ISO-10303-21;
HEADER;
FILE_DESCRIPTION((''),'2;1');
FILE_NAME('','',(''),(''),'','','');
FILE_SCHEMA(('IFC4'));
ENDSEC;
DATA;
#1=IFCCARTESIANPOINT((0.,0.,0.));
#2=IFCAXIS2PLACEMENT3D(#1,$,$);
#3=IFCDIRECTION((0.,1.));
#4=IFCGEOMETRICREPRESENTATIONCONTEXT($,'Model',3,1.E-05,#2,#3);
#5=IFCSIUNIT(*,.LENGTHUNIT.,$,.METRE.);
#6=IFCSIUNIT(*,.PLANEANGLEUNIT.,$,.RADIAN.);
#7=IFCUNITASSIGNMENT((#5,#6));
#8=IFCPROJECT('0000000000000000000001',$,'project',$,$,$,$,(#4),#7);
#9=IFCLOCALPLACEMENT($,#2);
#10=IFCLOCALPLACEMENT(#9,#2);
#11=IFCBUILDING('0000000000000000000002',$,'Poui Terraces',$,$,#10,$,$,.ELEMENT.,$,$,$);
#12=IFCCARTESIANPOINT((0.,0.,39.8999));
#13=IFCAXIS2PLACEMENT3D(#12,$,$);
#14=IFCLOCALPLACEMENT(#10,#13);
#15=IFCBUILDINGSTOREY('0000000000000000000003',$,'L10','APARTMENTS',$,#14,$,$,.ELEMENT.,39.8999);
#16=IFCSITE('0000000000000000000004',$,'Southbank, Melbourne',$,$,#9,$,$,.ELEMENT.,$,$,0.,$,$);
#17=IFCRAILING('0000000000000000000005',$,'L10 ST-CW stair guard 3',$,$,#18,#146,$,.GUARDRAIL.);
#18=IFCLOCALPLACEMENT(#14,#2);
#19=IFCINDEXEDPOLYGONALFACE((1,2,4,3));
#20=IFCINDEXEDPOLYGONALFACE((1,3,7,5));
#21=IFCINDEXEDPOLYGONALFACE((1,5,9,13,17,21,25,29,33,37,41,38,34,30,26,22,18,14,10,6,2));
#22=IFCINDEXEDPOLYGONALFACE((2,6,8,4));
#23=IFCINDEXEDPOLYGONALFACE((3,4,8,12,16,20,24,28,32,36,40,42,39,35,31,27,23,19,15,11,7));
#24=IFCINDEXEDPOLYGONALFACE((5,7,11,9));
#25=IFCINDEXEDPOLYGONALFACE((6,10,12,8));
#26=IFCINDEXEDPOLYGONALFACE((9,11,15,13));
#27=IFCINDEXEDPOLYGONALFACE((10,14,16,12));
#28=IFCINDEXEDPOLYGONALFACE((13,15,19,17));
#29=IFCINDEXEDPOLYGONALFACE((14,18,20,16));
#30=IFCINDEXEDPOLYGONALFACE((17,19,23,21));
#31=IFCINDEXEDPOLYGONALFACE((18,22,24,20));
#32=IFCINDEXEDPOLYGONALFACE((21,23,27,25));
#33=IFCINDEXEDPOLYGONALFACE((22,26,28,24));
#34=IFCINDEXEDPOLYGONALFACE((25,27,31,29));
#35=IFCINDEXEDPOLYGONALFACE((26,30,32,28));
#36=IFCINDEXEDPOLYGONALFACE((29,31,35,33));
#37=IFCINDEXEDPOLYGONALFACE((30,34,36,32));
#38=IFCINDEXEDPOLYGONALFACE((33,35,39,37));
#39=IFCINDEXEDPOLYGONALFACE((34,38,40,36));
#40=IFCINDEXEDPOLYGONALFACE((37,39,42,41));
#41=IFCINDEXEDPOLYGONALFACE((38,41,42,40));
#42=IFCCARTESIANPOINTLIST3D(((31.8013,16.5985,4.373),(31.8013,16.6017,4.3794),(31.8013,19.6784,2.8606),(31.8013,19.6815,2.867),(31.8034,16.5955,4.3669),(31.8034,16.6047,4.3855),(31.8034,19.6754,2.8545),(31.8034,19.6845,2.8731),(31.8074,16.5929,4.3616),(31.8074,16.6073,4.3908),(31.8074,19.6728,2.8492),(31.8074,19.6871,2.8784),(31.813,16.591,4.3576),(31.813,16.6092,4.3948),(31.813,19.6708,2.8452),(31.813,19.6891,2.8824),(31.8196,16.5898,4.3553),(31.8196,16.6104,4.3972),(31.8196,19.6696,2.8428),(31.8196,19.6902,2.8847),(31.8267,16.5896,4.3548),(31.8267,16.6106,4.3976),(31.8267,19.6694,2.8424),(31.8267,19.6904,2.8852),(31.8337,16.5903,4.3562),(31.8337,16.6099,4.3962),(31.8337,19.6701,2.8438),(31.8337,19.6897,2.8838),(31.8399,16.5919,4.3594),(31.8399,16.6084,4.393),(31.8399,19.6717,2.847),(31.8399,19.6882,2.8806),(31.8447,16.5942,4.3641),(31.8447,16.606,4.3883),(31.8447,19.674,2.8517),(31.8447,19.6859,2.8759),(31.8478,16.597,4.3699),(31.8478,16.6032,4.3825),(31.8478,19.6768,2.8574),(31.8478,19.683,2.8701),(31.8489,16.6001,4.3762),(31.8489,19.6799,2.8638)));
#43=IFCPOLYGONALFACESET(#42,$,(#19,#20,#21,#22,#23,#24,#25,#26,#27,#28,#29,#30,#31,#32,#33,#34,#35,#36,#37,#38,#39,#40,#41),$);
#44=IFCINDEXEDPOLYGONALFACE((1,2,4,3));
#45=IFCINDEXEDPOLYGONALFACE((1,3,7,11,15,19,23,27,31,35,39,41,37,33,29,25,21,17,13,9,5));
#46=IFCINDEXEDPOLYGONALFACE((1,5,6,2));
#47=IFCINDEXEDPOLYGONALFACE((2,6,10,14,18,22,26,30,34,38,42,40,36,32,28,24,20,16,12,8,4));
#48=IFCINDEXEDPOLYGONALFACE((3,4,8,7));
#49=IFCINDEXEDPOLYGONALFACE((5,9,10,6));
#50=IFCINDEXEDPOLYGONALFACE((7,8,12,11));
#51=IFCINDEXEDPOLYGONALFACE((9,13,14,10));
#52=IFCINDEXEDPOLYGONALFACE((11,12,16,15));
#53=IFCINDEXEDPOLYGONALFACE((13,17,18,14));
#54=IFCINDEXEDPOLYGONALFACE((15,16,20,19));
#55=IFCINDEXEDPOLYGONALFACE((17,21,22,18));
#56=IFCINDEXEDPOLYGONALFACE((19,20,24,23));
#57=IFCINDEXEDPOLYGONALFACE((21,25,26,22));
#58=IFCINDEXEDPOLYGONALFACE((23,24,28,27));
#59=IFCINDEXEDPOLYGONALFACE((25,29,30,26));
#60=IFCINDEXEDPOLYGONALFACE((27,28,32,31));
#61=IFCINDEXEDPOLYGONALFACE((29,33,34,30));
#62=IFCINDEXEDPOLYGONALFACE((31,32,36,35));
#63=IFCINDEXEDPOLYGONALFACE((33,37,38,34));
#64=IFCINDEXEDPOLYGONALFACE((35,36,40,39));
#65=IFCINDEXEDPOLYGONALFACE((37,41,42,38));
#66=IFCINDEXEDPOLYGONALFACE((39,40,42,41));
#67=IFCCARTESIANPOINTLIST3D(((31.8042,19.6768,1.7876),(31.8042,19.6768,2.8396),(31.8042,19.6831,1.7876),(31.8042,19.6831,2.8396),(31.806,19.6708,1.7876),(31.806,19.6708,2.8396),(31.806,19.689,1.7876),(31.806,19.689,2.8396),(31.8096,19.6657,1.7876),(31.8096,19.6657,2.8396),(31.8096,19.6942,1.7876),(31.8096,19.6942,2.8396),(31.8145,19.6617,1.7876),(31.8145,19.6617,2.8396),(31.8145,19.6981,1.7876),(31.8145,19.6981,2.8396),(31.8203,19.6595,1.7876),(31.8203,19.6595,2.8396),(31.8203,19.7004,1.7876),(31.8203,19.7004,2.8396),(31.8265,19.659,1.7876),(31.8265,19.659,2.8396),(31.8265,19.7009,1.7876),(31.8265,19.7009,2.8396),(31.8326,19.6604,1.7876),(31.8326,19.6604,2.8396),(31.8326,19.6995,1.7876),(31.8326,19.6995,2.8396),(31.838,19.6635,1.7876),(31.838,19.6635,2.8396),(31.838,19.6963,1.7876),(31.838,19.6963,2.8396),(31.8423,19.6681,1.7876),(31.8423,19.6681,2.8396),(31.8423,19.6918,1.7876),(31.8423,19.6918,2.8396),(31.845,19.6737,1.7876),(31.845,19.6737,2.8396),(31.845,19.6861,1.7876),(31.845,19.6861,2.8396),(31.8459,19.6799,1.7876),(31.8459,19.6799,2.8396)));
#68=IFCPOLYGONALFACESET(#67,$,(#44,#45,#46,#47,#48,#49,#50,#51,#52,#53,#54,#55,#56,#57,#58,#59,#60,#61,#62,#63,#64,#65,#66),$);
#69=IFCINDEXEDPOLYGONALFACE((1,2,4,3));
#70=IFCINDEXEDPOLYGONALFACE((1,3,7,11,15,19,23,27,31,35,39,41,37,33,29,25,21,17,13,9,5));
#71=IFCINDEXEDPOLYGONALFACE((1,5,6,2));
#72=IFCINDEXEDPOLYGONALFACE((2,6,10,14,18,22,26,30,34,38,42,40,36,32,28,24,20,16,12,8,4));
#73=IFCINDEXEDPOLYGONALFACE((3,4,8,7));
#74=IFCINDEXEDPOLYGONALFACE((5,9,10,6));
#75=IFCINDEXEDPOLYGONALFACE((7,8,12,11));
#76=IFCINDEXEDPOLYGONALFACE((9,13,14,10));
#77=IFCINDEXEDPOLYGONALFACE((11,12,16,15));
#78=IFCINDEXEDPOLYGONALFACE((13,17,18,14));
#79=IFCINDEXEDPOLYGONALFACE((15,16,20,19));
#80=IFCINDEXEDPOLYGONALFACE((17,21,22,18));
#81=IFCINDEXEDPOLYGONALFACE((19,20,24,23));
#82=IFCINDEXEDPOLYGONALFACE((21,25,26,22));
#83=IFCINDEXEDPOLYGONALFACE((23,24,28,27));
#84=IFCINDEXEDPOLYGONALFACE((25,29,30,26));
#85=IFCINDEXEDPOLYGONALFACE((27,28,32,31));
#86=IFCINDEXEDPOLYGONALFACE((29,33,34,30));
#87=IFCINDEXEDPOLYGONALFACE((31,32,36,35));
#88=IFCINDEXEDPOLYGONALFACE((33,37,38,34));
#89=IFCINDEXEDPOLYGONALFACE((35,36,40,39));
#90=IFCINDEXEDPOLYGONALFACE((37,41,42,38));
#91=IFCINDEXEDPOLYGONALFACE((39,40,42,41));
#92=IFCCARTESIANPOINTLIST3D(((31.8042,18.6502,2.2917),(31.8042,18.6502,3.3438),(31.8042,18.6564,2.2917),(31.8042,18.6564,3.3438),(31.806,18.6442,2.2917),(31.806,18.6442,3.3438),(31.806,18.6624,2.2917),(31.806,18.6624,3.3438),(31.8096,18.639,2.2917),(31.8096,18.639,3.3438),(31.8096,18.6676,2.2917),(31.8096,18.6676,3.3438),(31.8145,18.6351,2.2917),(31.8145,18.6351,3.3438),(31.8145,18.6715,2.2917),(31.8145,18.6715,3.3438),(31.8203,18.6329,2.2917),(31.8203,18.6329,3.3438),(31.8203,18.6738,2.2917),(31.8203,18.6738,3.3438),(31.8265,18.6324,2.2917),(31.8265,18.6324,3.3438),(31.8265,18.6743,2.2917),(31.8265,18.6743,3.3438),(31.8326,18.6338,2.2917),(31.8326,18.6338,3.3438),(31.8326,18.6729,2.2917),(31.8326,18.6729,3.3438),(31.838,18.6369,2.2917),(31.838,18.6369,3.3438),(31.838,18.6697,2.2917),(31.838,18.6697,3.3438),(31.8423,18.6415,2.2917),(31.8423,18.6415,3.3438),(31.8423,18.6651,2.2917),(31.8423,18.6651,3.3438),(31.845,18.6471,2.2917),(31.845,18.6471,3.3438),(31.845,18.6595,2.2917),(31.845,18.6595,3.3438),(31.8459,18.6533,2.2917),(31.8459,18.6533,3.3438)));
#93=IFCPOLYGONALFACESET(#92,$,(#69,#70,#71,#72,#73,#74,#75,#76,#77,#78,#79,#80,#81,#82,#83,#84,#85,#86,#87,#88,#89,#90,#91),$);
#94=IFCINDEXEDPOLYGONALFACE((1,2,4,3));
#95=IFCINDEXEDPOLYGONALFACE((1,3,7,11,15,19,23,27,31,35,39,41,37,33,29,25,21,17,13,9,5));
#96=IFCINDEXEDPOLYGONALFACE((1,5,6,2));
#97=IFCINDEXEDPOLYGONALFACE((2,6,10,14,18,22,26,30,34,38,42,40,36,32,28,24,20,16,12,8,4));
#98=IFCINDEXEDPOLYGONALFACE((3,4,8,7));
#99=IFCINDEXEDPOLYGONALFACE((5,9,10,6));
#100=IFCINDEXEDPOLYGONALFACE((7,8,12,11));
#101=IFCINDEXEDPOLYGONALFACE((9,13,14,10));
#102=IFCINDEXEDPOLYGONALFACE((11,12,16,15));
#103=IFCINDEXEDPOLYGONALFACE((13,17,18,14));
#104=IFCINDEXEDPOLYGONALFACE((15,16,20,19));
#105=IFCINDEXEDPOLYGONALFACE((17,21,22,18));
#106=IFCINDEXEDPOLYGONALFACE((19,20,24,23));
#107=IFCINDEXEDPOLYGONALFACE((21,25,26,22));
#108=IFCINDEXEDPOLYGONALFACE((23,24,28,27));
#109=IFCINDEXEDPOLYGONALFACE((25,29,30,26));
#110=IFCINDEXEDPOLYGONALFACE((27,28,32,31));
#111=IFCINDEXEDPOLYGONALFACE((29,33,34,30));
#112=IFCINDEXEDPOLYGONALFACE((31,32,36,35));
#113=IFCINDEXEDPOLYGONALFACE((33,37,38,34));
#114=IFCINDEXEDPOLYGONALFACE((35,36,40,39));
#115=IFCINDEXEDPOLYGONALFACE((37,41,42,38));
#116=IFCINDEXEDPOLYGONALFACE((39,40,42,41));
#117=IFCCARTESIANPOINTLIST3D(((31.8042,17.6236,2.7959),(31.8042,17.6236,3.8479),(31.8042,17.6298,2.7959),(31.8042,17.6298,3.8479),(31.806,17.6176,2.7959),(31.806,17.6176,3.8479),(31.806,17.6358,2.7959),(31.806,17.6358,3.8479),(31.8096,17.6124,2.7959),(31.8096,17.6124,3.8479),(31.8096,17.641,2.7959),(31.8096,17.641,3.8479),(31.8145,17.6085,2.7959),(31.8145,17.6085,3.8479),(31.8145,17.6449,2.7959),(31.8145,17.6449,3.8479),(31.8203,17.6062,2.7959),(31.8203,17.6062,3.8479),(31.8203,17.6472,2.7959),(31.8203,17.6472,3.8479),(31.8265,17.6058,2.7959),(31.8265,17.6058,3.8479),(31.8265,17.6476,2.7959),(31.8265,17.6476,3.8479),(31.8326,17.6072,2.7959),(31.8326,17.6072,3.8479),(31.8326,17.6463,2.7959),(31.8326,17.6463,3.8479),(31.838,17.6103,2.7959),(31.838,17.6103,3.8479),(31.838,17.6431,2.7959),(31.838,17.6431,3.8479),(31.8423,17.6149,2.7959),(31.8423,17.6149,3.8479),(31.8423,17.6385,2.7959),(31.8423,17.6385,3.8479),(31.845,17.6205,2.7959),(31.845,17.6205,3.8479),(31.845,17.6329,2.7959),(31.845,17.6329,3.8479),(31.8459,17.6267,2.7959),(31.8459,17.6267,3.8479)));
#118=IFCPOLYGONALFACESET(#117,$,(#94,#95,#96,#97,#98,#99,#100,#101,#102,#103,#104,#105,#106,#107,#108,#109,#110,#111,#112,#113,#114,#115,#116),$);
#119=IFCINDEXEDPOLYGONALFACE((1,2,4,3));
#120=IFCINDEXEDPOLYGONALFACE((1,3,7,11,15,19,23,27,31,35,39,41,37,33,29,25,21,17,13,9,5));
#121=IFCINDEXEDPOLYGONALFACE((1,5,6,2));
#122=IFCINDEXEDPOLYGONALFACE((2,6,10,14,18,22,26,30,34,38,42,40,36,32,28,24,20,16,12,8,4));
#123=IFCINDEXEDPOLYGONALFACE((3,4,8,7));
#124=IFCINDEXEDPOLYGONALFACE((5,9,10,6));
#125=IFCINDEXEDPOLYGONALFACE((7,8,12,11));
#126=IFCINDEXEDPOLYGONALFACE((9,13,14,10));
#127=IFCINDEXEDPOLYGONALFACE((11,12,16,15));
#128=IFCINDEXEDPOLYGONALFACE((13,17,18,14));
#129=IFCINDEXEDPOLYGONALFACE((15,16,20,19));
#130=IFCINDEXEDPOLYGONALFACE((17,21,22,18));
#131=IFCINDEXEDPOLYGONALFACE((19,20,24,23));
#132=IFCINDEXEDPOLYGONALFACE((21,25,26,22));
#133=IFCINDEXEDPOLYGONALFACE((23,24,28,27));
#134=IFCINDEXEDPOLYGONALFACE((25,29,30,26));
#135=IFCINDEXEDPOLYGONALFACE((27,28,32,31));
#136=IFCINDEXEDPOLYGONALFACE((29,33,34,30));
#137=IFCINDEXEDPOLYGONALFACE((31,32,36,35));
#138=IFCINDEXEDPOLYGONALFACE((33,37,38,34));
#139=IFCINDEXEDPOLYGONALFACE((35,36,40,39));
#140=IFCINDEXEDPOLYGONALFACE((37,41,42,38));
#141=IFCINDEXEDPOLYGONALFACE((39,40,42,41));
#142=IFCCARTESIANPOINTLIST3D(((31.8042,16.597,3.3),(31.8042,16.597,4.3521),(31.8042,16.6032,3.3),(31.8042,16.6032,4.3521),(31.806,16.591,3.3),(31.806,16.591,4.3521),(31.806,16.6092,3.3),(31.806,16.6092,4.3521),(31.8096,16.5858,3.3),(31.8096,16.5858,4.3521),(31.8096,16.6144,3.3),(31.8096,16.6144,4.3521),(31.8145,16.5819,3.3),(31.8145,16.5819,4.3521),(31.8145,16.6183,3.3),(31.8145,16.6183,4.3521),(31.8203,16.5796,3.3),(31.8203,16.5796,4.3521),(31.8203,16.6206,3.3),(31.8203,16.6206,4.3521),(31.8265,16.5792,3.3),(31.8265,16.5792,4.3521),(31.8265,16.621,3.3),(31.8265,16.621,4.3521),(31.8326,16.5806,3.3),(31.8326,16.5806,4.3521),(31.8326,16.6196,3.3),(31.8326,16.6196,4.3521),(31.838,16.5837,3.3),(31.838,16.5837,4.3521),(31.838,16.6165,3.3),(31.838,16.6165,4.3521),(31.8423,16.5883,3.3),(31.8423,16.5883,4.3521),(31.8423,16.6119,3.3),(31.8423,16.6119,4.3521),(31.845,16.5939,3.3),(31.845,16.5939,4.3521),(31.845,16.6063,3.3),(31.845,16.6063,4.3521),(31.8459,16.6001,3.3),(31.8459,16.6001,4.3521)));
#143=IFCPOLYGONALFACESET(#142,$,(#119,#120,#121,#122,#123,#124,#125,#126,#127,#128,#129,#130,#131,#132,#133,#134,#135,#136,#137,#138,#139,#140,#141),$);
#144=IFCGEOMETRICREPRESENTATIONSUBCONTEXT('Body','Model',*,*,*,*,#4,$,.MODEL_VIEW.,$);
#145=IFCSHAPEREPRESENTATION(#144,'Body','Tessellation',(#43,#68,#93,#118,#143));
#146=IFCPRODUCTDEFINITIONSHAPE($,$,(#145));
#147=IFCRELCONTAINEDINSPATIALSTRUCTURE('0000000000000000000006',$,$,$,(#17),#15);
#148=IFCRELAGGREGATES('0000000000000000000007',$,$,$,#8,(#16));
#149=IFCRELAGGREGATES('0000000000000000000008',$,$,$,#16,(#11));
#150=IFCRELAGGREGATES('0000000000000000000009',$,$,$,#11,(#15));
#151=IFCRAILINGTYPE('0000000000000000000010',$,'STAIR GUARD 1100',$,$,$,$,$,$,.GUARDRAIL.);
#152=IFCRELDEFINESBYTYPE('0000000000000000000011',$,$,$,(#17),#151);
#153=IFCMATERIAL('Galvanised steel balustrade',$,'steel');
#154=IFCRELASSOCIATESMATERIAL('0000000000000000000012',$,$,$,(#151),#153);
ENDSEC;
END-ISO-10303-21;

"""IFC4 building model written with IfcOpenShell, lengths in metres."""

from ifc_helpers import new_model, si_unit, direction, frame, origin, origin_2d, place, context, subcontext, project, spatial, circle, extrude, material, type_object, element, save


model = new_model("IFC4")

# Units and contexts
model_context = context("Model", 3, precision=1e-05, world=origin(), true_north=direction((0.0, 1.0)))
body_context = subcontext(model_context, "Body", "Model", "MODEL_VIEW")
ifc_project = project(units=[si_unit("LENGTHUNIT", "METRE"), si_unit("PLANEANGLEUNIT", "RADIAN")], contexts=[model_context])

# Site, building, storey
site_placement = place(None, origin())
site = spatial("IfcSite", under=ifc_project, at=site_placement, Name="Southbank, Melbourne", CompositionType="ELEMENT", RefElevation=0.0)
building_placement = place(site_placement, origin())
building = spatial("IfcBuilding", under=site, at=building_placement, Name="Poui Terraces", CompositionType="ELEMENT")
storey_placement = place(building_placement, frame((0.0, 0.0, 39.8999)))
storey = spatial("IfcBuildingStorey", under=building, at=storey_placement, Name="L10", Description="APARTMENTS", CompositionType="ELEMENT", Elevation=39.8999)

# Railing
ifc_material_1 = material(Name="Galvanised steel balustrade", Category="steel")
railing_type_1 = type_object("IfcRailingType", Name="STAIR GUARD 1100", PredefinedType="GUARDRAIL", material=ifc_material_1)
railing_1_placement = place(storey_placement, frame((31.825, 19.6799, 1.7876)))
element("IfcRailing", 1, at=railing_1_placement, inside=storey, type_object=railing_type_1, Name="L10 ST-CW stair guard 3", PredefinedType="GUARDRAIL", context=body_context, shape_type="SweptSolid", body=[
    extrude(circle(Radius=0.0239, at=origin_2d()), frame((0.0, 0.0, 1.0762), z_axis=(0.0, -0.897606, 0.440798), x_axis=(1.0, 0.0, 0.0)), (0.0, 0.0, 1.0), 3.4312),
    extrude(circle(Radius=0.021, at=origin_2d()), origin(), (0.0, 0.0, 1.0), 1.052),
    extrude(circle(Radius=0.021, at=origin_2d()), frame((0.0, -1.0266, 0.5042)), (0.0, 0.0, 1.0), 1.052),
    extrude(circle(Radius=0.021, at=origin_2d()), frame((0.0, -2.0532, 1.0083)), (0.0, 0.0, 1.0), 1.052),
    extrude(circle(Radius=0.021, at=origin_2d()), frame((0.0, -3.0798, 1.5125)), (0.0, 0.0, 1.0), 1.052),
])

save(model, "model.ifc")
